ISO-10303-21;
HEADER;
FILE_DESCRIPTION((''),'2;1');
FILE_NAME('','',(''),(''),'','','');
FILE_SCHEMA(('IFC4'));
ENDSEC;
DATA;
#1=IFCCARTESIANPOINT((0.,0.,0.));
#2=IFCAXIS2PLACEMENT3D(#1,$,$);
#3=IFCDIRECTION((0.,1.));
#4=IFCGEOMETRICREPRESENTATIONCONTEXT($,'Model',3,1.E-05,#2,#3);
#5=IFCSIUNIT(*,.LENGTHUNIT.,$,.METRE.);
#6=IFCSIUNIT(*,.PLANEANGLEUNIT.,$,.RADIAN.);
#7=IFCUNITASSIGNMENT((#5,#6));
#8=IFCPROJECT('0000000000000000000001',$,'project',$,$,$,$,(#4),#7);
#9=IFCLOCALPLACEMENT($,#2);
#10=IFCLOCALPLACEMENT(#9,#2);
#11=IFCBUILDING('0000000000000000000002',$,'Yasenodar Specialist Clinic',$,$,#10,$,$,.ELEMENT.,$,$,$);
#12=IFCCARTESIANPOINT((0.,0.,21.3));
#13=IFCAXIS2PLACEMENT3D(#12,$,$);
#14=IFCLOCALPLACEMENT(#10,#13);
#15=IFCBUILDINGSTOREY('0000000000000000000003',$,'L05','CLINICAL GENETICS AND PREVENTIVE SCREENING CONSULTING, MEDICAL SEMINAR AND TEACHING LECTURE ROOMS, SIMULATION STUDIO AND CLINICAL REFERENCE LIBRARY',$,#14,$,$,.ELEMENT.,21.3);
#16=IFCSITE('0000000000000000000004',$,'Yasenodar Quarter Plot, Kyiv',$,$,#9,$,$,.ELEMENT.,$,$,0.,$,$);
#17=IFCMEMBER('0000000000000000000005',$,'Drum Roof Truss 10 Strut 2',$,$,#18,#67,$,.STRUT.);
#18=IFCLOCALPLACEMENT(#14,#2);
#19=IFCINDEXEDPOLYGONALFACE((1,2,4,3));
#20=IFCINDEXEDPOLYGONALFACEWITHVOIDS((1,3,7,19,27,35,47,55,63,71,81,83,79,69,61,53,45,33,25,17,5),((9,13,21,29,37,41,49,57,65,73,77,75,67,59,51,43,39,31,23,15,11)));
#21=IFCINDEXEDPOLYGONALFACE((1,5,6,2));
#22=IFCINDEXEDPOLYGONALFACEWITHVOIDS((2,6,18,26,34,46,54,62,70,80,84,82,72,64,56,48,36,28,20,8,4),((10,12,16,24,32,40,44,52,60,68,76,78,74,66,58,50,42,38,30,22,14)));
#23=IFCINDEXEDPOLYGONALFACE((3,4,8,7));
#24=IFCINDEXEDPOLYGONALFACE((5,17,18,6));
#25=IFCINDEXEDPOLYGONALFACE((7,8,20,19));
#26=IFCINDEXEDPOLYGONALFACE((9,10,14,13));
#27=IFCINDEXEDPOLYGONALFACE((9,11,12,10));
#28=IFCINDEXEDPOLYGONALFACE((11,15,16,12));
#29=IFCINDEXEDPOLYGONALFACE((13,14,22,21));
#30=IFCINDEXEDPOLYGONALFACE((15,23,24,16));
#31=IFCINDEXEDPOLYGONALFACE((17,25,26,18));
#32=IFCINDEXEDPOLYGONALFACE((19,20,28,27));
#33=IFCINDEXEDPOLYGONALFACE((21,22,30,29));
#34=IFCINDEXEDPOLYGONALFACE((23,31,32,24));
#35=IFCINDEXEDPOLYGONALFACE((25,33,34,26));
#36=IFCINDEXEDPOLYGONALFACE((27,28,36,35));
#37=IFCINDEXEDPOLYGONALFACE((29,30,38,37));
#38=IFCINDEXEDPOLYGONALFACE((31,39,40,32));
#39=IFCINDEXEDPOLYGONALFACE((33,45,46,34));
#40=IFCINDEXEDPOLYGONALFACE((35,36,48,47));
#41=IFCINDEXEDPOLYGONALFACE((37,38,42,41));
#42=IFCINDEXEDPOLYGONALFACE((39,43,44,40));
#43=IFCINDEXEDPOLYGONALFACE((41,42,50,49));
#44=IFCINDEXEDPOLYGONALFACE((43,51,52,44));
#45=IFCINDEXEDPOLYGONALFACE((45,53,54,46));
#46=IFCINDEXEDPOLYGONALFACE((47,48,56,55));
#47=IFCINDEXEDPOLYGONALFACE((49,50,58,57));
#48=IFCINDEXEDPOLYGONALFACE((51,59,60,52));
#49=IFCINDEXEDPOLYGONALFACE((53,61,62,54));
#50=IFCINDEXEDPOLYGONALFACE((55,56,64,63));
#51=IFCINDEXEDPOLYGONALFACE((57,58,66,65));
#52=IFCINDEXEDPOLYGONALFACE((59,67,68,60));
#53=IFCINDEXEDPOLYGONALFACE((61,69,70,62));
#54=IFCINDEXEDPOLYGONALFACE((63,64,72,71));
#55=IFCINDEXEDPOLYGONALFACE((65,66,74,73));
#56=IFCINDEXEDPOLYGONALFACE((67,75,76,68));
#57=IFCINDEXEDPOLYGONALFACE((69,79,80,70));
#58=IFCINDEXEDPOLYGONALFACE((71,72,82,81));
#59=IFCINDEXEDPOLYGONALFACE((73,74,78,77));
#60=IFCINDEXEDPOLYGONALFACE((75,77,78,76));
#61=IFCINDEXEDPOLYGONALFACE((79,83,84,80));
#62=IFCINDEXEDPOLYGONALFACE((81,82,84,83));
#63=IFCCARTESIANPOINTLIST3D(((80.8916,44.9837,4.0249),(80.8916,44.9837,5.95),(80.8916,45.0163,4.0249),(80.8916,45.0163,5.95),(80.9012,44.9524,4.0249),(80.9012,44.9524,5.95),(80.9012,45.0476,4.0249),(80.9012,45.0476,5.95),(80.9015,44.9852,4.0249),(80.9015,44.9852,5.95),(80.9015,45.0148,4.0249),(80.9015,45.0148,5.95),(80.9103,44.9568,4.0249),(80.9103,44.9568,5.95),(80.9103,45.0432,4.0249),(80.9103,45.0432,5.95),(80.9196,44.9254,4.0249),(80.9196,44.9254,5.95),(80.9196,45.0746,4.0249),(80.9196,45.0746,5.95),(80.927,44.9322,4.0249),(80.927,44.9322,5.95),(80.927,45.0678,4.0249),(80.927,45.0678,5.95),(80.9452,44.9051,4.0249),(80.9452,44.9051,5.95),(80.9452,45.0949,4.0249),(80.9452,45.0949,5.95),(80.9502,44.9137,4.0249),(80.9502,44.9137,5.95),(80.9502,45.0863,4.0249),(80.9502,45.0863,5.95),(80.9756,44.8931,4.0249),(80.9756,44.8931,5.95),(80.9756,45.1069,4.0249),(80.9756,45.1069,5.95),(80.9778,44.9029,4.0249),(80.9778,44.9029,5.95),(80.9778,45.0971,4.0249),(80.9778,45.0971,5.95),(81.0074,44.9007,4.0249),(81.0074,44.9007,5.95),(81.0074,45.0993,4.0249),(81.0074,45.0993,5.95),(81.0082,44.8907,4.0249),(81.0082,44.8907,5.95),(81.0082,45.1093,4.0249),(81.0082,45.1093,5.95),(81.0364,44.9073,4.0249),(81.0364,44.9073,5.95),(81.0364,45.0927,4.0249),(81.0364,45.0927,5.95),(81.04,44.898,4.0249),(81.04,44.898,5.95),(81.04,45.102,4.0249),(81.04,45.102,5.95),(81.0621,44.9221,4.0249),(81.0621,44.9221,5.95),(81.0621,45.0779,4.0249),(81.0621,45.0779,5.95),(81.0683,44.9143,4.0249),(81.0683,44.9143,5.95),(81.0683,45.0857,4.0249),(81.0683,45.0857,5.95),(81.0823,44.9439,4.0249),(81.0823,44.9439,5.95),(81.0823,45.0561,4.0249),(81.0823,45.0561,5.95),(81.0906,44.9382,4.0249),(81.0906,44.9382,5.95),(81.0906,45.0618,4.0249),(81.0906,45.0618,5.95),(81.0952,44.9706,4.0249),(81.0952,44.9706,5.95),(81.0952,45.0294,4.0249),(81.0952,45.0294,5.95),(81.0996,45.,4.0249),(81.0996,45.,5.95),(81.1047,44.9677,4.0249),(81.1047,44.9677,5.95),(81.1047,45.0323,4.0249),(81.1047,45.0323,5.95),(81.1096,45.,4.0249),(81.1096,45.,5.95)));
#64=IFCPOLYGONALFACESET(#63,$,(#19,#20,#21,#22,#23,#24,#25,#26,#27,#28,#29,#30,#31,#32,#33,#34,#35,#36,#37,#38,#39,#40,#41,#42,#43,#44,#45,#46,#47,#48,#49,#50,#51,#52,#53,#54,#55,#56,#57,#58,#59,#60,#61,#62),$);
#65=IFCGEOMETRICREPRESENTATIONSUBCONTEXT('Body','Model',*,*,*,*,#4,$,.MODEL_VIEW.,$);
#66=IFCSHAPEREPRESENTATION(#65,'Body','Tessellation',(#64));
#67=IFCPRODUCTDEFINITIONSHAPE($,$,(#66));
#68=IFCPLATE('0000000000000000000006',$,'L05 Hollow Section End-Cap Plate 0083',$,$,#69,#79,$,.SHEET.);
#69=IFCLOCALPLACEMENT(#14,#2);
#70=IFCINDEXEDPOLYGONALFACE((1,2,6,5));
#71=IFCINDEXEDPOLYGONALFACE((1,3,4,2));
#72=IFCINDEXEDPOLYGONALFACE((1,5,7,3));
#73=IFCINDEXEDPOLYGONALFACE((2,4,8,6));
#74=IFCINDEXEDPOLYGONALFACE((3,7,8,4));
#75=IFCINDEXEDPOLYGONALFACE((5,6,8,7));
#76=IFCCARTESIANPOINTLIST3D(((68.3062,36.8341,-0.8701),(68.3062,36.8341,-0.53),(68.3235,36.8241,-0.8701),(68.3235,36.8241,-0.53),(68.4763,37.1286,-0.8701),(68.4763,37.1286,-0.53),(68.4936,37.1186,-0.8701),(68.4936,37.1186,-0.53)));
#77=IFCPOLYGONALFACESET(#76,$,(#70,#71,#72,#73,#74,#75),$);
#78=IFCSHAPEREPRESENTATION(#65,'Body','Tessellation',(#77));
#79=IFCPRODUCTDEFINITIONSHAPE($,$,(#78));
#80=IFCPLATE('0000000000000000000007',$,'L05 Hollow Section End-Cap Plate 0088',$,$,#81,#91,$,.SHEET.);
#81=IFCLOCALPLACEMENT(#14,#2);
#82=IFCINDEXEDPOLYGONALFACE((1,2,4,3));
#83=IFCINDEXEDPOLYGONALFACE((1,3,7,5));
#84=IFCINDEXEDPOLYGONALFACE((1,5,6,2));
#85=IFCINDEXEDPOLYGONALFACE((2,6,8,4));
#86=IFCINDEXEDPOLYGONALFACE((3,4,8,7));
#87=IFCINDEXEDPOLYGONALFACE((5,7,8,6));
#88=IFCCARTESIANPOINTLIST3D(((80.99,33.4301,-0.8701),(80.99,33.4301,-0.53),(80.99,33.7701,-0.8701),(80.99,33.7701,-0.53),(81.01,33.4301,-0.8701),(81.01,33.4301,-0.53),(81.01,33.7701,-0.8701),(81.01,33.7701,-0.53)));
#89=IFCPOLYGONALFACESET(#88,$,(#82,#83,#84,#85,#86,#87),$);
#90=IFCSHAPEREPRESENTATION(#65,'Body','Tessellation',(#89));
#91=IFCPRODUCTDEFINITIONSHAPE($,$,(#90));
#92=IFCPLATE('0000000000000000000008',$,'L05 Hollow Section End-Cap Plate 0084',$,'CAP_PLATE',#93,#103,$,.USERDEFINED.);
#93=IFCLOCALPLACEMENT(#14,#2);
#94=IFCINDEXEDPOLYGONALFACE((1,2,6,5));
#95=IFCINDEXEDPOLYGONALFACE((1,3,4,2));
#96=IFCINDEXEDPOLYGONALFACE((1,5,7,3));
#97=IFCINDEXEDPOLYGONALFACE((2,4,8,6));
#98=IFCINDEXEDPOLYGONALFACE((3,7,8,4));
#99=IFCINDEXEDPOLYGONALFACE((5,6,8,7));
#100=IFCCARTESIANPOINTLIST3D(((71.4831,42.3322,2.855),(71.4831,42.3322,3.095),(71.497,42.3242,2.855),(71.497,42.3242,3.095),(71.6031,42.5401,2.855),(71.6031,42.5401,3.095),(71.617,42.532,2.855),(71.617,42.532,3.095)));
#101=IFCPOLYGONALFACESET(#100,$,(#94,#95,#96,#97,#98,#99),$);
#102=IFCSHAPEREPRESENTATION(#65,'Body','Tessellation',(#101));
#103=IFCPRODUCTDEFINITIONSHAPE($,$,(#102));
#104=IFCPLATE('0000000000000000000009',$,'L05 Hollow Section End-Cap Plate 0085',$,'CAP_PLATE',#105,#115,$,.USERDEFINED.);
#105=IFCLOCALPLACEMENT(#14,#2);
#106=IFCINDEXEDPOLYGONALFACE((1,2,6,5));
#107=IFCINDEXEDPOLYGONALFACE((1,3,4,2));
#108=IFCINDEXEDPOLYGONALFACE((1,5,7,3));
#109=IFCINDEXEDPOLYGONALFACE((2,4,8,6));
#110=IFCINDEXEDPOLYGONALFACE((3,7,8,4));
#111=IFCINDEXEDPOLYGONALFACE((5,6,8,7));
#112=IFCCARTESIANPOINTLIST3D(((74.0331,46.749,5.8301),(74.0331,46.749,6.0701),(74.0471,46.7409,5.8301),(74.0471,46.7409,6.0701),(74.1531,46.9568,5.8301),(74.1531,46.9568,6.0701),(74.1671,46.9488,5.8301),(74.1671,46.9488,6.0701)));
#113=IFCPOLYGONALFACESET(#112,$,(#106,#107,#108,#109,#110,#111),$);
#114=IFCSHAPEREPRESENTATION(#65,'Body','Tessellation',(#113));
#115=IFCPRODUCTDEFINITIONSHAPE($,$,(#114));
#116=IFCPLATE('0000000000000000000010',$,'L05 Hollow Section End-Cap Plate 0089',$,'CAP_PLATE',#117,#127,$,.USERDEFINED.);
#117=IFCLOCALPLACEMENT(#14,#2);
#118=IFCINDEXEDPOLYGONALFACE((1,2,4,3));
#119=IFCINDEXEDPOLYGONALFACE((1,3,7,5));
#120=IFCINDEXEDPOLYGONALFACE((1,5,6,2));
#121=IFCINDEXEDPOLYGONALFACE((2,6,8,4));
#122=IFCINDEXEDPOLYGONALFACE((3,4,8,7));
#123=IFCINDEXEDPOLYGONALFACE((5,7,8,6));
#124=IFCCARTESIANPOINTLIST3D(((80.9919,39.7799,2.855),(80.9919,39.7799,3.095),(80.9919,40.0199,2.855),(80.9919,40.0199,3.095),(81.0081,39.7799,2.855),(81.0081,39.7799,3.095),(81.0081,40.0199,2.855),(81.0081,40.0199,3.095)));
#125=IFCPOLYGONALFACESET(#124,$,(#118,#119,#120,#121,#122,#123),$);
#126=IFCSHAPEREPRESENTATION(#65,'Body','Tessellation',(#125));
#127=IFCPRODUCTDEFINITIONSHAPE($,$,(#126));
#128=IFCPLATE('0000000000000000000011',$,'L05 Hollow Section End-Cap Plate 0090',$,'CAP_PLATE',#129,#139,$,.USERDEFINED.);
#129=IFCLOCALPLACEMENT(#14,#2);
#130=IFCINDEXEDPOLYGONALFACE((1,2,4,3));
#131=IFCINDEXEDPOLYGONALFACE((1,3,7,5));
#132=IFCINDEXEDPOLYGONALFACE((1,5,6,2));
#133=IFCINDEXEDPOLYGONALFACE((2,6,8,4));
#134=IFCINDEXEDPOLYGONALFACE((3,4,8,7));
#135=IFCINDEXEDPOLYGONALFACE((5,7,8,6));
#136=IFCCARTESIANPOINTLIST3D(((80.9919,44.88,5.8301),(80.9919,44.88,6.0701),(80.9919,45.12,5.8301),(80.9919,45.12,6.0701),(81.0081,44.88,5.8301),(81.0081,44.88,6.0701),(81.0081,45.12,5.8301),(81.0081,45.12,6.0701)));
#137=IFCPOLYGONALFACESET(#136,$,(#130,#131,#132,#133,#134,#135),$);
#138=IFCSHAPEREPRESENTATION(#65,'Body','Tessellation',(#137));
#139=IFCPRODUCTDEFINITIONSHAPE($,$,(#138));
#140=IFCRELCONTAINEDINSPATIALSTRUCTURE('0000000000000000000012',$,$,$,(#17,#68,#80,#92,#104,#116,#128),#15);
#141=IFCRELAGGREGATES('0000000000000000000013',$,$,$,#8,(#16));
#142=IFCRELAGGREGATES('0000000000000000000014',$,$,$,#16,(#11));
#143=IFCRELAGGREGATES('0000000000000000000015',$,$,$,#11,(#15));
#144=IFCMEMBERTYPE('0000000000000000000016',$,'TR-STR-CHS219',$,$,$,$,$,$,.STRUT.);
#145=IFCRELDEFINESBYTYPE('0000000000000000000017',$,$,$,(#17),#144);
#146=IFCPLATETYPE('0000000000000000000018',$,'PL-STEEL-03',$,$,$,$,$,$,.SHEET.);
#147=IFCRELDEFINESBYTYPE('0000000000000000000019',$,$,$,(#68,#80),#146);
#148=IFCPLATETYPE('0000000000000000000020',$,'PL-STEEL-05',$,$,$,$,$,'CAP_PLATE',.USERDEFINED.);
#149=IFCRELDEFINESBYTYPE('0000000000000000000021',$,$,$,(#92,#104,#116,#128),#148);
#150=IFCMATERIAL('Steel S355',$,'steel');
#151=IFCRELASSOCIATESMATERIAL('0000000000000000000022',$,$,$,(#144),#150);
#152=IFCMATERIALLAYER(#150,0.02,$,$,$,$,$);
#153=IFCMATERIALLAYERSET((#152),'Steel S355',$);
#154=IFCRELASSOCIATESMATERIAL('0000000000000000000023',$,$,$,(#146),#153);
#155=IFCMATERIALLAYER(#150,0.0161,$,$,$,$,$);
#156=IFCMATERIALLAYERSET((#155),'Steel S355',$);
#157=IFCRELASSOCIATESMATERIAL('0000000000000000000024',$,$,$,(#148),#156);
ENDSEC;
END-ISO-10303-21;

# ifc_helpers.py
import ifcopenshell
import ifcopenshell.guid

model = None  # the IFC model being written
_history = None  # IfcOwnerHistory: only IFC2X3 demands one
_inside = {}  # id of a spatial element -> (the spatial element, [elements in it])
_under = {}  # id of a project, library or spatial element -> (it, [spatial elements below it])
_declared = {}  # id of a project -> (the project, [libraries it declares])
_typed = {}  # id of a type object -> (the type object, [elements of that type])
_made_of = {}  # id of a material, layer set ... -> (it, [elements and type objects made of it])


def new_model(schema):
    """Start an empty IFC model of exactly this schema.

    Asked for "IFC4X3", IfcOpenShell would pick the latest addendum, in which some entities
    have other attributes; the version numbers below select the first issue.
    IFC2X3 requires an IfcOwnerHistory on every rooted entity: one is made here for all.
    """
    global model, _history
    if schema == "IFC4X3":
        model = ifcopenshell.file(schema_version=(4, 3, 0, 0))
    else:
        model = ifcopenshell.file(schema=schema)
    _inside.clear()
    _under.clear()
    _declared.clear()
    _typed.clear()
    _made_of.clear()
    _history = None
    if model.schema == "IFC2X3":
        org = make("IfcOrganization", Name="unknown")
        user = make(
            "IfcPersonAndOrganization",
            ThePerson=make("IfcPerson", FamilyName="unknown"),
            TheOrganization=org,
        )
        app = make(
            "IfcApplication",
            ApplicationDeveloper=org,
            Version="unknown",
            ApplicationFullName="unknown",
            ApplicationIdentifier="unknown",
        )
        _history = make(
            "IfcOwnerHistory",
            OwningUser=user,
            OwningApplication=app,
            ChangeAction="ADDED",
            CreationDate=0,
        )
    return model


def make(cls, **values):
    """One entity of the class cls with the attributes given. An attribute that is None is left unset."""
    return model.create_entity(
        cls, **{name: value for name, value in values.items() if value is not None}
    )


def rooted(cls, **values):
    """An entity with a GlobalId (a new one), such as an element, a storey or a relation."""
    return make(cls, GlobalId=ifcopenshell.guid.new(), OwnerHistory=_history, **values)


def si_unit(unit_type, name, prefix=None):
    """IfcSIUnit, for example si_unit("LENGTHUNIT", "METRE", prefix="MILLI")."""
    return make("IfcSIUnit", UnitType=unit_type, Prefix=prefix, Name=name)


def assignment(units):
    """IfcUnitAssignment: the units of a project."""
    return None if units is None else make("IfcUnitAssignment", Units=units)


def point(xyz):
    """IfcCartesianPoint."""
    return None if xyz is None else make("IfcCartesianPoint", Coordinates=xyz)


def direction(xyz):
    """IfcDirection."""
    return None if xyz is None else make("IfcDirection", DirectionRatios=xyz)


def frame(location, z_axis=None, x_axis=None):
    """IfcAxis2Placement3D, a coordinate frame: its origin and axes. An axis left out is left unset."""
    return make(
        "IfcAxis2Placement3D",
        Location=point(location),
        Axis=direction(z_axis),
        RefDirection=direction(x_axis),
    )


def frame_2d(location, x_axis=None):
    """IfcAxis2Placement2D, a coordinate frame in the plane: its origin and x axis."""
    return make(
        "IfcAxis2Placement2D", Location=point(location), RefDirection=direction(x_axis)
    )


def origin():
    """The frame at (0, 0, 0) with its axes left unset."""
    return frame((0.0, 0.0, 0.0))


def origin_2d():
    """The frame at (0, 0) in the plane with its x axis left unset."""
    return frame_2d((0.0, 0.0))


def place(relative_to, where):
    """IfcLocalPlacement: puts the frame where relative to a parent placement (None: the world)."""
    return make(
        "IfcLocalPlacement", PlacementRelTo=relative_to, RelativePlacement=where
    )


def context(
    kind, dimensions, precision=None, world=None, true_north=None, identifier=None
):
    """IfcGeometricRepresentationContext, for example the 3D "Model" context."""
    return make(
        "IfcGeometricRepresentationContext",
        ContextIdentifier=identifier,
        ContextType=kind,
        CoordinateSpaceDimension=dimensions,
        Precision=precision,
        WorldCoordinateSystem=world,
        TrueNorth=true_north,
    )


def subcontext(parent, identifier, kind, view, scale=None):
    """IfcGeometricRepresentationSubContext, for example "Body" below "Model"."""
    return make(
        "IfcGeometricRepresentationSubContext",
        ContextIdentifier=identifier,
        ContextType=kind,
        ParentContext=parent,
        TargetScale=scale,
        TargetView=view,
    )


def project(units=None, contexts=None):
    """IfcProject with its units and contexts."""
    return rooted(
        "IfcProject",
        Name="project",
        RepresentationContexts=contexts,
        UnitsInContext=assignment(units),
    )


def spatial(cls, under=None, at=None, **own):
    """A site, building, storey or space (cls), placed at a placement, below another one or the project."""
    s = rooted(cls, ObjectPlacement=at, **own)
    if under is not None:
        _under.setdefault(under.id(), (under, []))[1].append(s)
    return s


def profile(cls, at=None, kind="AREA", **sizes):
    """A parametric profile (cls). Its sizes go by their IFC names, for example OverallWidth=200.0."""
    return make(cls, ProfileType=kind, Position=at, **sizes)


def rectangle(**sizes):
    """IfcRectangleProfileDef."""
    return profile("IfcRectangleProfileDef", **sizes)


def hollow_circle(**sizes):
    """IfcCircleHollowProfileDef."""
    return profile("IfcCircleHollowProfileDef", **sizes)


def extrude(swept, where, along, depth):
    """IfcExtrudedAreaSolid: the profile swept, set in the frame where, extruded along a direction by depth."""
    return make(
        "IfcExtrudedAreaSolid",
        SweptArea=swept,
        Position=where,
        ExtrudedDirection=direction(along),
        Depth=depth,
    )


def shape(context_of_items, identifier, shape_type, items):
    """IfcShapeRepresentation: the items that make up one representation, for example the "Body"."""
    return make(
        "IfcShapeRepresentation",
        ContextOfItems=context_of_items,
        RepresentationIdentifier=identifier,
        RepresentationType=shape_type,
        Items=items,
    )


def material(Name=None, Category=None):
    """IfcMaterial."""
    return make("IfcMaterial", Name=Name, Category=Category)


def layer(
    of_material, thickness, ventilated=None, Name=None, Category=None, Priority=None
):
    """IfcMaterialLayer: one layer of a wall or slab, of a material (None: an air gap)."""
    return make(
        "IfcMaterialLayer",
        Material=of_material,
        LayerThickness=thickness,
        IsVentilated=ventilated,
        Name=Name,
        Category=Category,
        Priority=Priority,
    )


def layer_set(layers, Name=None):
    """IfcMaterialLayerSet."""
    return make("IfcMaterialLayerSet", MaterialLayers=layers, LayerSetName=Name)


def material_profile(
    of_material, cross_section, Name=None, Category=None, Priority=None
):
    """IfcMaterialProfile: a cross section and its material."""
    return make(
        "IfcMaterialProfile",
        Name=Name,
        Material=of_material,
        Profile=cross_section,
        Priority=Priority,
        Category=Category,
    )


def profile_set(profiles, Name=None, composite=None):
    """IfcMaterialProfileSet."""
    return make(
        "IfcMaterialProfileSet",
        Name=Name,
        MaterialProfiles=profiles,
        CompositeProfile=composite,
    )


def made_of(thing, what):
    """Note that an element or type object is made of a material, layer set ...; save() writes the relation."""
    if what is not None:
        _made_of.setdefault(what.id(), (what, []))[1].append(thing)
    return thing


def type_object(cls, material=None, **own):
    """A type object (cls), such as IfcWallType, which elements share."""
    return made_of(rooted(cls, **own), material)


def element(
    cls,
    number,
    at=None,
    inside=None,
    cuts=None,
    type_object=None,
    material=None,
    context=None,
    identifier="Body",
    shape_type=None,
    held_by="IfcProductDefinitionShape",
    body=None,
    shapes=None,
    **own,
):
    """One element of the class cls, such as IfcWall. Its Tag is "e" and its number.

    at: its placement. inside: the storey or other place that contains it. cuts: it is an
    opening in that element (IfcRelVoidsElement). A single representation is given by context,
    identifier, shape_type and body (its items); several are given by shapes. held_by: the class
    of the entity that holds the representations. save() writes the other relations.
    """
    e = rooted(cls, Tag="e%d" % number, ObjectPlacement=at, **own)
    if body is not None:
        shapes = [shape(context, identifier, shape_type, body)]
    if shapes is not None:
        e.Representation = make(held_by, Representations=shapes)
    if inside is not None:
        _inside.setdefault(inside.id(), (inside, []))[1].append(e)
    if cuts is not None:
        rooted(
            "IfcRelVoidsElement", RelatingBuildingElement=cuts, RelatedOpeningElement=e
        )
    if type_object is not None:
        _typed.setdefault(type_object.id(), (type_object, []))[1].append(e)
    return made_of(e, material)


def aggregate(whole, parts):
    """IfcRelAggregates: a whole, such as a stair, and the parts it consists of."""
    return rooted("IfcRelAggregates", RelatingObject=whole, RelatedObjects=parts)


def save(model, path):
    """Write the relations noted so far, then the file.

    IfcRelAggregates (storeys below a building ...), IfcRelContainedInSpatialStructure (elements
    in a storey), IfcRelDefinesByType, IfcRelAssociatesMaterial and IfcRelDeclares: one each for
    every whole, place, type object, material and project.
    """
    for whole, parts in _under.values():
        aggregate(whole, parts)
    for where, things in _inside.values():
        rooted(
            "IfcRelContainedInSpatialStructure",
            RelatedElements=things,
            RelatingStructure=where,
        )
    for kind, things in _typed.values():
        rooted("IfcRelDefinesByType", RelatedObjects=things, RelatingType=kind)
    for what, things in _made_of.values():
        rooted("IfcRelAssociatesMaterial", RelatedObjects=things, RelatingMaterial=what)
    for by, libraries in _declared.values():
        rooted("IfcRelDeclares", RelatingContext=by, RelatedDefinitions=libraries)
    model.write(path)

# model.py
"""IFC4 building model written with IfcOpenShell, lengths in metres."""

from ifc_helpers import new_model, si_unit, direction, frame, origin, origin_2d, place, context, subcontext, project, spatial, rectangle, hollow_circle, extrude, material, layer, layer_set, material_profile, profile_set, type_object, element, save


model = new_model("IFC4")

# Units and contexts
model_context = context("Model", 3, precision=1e-05, world=origin(), true_north=direction((0.0, 1.0)))
body_context = subcontext(model_context, "Body", "Model", "MODEL_VIEW")
ifc_project = project(units=[si_unit("LENGTHUNIT", "METRE"), si_unit("PLANEANGLEUNIT", "RADIAN")], contexts=[model_context])

# Site, building, storey
site_placement = place(None, origin())
site = spatial("IfcSite", under=ifc_project, at=site_placement, Name="Yasenodar Quarter Plot, Kyiv", CompositionType="ELEMENT", RefElevation=0.0)
building_placement = place(site_placement, origin())
building = spatial("IfcBuilding", under=site, at=building_placement, Name="Yasenodar Specialist Clinic", CompositionType="ELEMENT")
storey_placement = place(building_placement, frame((0.0, 0.0, 21.3)))
storey = spatial("IfcBuildingStorey", under=building, at=storey_placement, Name="L05", Description="CLINICAL GENETICS AND PREVENTIVE SCREENING CONSULTING, MEDICAL SEMINAR AND TEACHING LECTURE ROOMS, SIMULATION STUDIO AND CLINICAL REFERENCE LIBRARY", CompositionType="ELEMENT", Elevation=21.3)

# Member
ifc_material = material(Name="Steel S355", Category="steel")
ifc_material_profile_1 = material_profile(ifc_material, hollow_circle(Radius=0.1096, WallThickness=0.01, at=origin_2d()), Name="CHS 219.1x10")
ifc_profile_set_1 = profile_set([ifc_material_profile_1], Name="Steel S355")
member_type_1 = type_object("IfcMemberType", Name="TR-STR-CHS219", PredefinedType="STRUT", material=ifc_profile_set_1)
member_1_placement = place(storey_placement, frame((81.0, 45.0, 4.0249), z_axis=(0.0, 0.0, 1.0), x_axis=(1.0, 0.0, 0.0)))
element("IfcMember", 1, at=member_1_placement, inside=storey, type_object=member_type_1, Name="Drum Roof Truss 10 Strut 2", PredefinedType="STRUT", context=body_context, shape_type="SweptSolid", body=[
    extrude(hollow_circle(Radius=0.1096, WallThickness=0.01, at=origin_2d()), origin(), (0.0, 0.0, 1.0), 1.925),
])

# Plates
ifc_layer_1 = layer(ifc_material, 0.02)
ifc_layer_set_1 = layer_set([ifc_layer_1], Name="Steel S355")
plate_type_1 = type_object("IfcPlateType", Name="PL-STEEL-03", PredefinedType="SHEET", material=ifc_layer_set_1)
for number, where, z_axis, x_axis, name in (
    (2, (68.3999, 36.9763, -0.8701), (0.0, 0.0, 1.0), (-0.5, -0.866025, 0.0), "L05 Hollow Section End-Cap Plate 0083"),
    (3, (81.0, 33.6001, -0.8701), (0.0, 0.0, 1.0), (0.0, -1.0, 0.0), "L05 Hollow Section End-Cap Plate 0088"),
):
    element("IfcPlate", number, at=place(storey_placement, frame(where, z_axis=z_axis, x_axis=x_axis)), inside=storey, type_object=plate_type_1, Name=name, PredefinedType="SHEET", context=body_context, shape_type="SweptSolid", body=[
        extrude(rectangle(XDim=0.3401, YDim=0.02, at=origin_2d()), origin(), (0.0, 0.0, 1.0), 0.3401),
    ])
ifc_layer_2 = layer(ifc_material, 0.0161)
ifc_layer_set_2 = layer_set([ifc_layer_2], Name="Steel S355")
plate_type_2 = type_object("IfcPlateType", Name="PL-STEEL-05", ElementType="CAP_PLATE", PredefinedType="USERDEFINED", material=ifc_layer_set_2)
for number, where, z_axis, x_axis, name in (
    (4, (71.55, 42.4321, 2.855), (0.0, 0.0, 1.0), (-0.5, -0.866025, 0.0), "L05 Hollow Section End-Cap Plate 0084"),
    (5, (74.1001, 46.8489, 5.8301), (0.0, 0.0, 1.0), (-0.5, -0.866025, 0.0), "L05 Hollow Section End-Cap Plate 0085"),
    (6, (81.0, 39.8999, 2.855), (0.0, 0.0, 1.0), (0.0, -1.0, 0.0), "L05 Hollow Section End-Cap Plate 0089"),
    (7, (81.0, 45.0, 5.8301), (0.0, 0.0, 1.0), (0.0, -1.0, 0.0), "L05 Hollow Section End-Cap Plate 0090"),
):
    element("IfcPlate", number, at=place(storey_placement, frame(where, z_axis=z_axis, x_axis=x_axis)), inside=storey, type_object=plate_type_2, Name=name, ObjectType="CAP_PLATE", PredefinedType="USERDEFINED", context=body_context, shape_type="SweptSolid", body=[
        extrude(rectangle(XDim=0.24, YDim=0.0161, at=origin_2d()), origin(), (0.0, 0.0, 1.0), 0.24),
    ])

save(model, "model.ifc")
